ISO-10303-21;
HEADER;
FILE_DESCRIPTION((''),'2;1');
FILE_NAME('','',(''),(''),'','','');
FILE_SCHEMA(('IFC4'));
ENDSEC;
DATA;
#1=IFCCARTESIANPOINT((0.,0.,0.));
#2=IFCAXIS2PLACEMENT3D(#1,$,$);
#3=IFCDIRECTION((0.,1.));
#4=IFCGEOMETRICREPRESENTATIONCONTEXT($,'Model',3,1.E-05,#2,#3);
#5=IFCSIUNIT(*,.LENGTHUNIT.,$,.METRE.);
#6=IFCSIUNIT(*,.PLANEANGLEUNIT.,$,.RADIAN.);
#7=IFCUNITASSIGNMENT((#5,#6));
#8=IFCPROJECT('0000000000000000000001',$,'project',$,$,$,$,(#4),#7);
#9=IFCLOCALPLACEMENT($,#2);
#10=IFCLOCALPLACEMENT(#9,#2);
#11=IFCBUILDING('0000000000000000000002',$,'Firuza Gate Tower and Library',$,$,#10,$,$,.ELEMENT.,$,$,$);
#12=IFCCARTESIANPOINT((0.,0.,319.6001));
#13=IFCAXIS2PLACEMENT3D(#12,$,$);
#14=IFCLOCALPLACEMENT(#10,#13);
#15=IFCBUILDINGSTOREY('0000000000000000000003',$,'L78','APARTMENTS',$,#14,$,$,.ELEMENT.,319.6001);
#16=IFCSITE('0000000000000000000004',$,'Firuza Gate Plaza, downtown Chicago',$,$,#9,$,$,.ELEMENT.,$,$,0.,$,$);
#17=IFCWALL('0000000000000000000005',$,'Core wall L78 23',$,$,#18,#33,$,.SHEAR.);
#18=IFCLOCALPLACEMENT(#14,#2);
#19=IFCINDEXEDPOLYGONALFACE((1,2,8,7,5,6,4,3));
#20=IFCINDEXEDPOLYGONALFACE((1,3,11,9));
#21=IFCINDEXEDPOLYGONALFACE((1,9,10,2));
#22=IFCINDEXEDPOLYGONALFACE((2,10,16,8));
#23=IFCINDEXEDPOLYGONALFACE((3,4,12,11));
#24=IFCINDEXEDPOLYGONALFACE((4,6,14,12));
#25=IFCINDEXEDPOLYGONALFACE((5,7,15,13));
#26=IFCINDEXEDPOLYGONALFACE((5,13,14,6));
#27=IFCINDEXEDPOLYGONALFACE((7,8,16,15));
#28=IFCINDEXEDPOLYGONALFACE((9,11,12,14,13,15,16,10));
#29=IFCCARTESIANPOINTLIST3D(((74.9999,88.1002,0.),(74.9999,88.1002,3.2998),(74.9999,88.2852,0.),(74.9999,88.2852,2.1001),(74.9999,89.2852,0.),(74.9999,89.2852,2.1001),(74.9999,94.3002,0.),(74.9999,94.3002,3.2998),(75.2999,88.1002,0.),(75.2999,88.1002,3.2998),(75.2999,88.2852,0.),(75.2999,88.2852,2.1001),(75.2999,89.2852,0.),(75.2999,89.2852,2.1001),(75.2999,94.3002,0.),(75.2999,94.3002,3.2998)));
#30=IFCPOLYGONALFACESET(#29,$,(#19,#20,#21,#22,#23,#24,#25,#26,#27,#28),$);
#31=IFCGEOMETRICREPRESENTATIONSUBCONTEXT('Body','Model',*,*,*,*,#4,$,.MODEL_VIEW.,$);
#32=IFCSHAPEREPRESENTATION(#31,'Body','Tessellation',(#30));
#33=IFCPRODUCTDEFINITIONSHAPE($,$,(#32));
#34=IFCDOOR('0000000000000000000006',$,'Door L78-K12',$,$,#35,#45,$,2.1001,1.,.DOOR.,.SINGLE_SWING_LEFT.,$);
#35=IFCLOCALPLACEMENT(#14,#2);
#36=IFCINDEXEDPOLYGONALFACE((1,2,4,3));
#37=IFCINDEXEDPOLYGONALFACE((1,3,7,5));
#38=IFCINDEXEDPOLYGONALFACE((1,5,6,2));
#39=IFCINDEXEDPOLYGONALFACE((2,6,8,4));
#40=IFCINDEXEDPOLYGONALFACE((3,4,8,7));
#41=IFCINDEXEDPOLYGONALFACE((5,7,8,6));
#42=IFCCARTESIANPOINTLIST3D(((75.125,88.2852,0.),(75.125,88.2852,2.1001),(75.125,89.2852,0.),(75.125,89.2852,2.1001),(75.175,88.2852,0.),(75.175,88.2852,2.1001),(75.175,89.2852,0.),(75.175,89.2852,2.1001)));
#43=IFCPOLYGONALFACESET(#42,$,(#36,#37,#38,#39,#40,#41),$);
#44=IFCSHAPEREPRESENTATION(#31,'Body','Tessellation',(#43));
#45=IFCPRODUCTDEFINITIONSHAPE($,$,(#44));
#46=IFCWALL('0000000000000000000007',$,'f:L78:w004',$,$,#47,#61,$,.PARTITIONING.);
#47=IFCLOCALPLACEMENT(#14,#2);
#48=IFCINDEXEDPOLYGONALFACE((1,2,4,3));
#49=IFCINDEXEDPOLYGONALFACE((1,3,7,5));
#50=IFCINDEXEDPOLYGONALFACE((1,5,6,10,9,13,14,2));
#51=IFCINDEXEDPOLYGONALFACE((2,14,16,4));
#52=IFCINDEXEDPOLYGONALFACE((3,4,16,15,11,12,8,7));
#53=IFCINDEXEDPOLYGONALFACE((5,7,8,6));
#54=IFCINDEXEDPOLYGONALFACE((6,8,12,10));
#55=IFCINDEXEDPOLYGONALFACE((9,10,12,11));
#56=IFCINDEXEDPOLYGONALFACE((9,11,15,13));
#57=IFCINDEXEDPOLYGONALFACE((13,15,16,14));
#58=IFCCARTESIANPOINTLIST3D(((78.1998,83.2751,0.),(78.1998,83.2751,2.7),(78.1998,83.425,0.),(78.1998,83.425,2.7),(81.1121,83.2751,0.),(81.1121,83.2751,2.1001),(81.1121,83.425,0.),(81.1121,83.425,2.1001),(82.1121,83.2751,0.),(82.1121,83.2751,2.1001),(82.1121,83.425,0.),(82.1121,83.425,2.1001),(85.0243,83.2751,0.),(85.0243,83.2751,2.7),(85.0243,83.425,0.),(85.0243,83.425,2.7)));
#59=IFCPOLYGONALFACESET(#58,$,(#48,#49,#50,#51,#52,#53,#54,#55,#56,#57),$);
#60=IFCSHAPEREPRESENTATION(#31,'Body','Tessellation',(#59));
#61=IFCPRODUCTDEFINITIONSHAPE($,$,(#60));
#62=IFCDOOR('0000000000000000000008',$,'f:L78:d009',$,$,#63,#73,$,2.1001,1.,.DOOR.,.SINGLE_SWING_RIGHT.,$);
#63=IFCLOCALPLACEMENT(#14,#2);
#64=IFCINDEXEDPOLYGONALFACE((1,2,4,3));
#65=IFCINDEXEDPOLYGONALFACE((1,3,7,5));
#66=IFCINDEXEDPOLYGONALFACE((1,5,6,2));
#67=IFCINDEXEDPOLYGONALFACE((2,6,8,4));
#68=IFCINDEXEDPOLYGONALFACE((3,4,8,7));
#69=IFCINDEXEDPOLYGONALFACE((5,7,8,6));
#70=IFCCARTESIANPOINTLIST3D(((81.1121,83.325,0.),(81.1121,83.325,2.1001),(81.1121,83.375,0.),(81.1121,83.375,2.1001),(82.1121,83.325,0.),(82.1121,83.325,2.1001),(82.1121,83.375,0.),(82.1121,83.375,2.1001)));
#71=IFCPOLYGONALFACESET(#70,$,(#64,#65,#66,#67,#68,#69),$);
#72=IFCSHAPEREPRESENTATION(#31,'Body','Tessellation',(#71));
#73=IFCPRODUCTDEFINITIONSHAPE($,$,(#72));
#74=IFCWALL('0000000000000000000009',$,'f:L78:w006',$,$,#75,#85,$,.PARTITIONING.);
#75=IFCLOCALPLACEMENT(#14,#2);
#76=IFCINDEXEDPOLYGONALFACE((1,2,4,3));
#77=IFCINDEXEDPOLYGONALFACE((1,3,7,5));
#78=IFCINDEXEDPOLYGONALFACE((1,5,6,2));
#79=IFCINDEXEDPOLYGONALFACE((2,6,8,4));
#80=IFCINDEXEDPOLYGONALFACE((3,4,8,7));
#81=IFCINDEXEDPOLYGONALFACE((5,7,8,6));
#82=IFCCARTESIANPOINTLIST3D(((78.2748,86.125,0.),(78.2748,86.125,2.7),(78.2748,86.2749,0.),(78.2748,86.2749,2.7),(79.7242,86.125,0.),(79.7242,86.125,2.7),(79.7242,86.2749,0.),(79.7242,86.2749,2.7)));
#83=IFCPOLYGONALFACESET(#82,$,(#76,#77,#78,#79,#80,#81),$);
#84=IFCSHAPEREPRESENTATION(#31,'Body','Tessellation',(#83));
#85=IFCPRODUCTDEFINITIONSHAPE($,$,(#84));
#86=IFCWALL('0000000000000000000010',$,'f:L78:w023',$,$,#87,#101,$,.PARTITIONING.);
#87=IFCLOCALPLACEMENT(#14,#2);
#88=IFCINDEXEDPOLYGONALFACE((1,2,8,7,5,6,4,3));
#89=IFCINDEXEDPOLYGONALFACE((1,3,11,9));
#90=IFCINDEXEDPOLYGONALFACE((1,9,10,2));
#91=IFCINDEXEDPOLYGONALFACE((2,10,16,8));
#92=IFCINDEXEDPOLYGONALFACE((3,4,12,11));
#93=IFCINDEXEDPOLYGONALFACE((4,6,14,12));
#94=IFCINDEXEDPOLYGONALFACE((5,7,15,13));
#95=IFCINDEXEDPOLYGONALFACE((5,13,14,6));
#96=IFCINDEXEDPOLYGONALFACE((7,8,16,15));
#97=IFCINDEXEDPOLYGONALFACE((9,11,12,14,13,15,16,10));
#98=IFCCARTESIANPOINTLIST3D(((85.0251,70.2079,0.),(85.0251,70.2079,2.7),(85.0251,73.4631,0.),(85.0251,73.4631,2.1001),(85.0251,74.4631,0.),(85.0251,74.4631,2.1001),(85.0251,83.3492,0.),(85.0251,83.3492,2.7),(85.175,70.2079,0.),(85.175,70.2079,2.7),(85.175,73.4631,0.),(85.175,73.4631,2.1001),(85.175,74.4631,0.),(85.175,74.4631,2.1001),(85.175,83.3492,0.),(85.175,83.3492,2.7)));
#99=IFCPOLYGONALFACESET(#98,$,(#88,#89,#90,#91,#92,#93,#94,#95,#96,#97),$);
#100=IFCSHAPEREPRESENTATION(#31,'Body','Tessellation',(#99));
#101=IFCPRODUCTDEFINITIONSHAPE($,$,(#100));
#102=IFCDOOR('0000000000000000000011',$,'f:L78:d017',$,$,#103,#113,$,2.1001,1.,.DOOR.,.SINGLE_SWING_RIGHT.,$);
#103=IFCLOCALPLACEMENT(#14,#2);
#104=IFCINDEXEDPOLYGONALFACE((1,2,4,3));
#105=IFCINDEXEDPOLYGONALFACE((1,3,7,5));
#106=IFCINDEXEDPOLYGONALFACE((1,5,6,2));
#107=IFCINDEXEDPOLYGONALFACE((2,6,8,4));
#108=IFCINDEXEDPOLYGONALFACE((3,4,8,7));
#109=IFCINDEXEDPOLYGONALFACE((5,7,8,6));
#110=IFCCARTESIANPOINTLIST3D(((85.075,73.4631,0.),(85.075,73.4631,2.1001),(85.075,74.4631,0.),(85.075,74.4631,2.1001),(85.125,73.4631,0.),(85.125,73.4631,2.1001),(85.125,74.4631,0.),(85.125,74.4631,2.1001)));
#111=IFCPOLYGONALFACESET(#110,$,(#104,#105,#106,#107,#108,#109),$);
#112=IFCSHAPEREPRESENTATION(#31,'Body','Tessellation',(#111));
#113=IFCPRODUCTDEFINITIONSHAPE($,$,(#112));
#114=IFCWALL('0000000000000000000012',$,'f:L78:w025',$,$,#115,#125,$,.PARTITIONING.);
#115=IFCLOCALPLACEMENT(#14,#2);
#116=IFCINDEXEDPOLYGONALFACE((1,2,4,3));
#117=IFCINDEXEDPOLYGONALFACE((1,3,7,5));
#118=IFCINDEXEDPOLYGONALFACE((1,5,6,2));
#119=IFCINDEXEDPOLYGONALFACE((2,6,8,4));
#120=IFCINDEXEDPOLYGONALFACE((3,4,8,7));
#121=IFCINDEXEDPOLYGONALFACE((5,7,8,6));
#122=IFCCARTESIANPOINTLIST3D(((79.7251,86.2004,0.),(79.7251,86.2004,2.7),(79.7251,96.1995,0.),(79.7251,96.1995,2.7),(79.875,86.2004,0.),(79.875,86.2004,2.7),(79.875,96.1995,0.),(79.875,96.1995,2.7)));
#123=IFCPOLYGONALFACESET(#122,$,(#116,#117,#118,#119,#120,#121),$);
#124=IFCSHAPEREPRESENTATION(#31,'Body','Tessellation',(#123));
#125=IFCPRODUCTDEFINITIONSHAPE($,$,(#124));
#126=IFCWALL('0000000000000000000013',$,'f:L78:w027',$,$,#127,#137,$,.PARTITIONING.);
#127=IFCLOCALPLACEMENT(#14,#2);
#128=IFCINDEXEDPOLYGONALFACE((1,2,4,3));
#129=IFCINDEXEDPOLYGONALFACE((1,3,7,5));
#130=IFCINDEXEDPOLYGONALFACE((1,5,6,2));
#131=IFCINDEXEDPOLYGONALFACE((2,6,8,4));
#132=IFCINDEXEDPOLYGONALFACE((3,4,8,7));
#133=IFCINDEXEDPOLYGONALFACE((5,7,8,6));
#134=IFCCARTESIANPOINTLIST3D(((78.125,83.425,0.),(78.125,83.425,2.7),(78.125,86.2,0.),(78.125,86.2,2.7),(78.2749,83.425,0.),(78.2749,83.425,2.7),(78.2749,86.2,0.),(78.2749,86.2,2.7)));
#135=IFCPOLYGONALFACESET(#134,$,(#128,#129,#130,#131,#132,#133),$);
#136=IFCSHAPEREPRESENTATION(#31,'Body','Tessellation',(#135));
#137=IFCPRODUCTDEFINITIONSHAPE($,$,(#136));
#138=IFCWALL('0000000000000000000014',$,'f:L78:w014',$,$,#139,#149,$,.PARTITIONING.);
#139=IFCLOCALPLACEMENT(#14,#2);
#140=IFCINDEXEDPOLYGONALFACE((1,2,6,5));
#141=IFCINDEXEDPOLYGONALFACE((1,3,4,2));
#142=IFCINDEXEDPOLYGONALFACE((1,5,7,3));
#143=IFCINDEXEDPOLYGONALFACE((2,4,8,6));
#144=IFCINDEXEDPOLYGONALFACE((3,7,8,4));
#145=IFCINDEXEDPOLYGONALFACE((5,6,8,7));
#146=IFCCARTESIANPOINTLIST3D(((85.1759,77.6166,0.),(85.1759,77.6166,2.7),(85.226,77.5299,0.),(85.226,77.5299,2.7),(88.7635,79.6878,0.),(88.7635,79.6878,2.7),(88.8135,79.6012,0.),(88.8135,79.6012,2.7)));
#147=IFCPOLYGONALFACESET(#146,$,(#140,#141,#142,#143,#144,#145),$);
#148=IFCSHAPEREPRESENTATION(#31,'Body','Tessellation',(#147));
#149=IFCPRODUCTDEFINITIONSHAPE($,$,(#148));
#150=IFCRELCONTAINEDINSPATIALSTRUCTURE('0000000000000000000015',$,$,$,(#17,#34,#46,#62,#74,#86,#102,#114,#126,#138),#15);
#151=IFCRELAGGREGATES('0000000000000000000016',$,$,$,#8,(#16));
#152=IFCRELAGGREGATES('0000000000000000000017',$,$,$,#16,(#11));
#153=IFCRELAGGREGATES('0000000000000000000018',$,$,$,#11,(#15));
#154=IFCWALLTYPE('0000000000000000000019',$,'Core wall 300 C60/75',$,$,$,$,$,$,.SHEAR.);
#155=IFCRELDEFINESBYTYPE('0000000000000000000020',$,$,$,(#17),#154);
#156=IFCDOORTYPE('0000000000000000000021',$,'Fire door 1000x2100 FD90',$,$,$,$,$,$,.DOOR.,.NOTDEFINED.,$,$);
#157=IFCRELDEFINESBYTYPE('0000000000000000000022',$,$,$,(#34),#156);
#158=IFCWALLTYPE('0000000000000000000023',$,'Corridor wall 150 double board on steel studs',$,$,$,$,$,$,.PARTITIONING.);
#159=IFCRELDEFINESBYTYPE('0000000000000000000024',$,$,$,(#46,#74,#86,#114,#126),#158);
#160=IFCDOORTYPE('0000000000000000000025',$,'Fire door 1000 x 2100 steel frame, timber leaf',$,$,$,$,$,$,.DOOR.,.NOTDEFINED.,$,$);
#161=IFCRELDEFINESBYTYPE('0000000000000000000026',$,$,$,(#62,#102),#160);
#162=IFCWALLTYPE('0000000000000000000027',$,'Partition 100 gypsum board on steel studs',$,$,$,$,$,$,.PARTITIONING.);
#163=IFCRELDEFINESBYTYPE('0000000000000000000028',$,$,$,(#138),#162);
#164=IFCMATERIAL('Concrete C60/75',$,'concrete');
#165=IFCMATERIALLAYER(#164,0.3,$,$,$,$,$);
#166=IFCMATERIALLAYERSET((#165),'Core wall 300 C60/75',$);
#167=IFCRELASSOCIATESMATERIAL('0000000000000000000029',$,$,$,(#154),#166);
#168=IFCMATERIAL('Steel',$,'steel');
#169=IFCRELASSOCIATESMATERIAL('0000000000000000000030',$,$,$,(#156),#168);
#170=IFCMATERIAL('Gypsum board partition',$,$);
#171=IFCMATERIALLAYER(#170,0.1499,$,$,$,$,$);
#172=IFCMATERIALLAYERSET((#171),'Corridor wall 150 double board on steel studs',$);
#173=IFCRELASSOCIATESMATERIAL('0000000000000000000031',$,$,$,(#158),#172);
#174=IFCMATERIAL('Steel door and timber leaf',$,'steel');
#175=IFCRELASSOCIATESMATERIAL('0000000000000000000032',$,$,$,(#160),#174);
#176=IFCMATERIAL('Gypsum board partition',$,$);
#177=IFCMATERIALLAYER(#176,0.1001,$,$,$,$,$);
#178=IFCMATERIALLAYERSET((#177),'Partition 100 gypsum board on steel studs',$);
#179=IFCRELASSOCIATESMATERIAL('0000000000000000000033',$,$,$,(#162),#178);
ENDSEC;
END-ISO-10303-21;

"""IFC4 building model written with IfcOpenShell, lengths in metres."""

from ifc_helpers import new_model, si_unit, direction, frame, frame_2d, origin, place, context, subcontext, project, spatial, rectangle, extrude, material, layer, layer_set, type_object, element, fill, save


model = new_model("IFC4")

# Units and contexts
model_context = context("Model", 3, precision=1e-05, world=origin(), true_north=direction((0.0, 1.0)))
body_context = subcontext(model_context, "Body", "Model", "MODEL_VIEW")
ifc_project = project(units=[si_unit("LENGTHUNIT", "METRE"), si_unit("PLANEANGLEUNIT", "RADIAN")], contexts=[model_context])

# Site, building, storey
site_placement = place(None, origin())
site = spatial("IfcSite", under=ifc_project, at=site_placement, Name="Firuza Gate Plaza, downtown Chicago", CompositionType="ELEMENT", RefElevation=0.0)
building_placement = place(site_placement, origin())
building = spatial("IfcBuilding", under=site, at=building_placement, Name="Firuza Gate Tower and Library", CompositionType="ELEMENT")
storey_placement = place(building_placement, frame((0.0, 0.0, 319.6001)))
storey = spatial("IfcBuildingStorey", under=building, at=storey_placement, Name="L78", Description="APARTMENTS", CompositionType="ELEMENT", Elevation=319.6001)

# Shared definitions
ifc_material_1 = material(Name="Concrete C60/75", Category="concrete")
ifc_layer_1 = layer(ifc_material_1, 0.3)
ifc_layer_set_1 = layer_set([ifc_layer_1], Name="Core wall 300 C60/75")
wall_type_1 = type_object("IfcWallType", Name="Core wall 300 C60/75", PredefinedType="SHEAR", material=ifc_layer_set_1)

# Walls, openings, doors
wall_1_placement = place(storey_placement, frame((75.1499, 88.1001, 0.0), z_axis=(0.0, 0.0, 1.0), x_axis=(0.0, 1.0, 0.0)))
wall_1 = element("IfcWall", 1, at=wall_1_placement, inside=storey, type_object=wall_type_1, Name="Core wall L78 23", PredefinedType="SHEAR", context=body_context, shape_type="SweptSolid", body=[
    extrude(rectangle(XDim=6.2, YDim=0.3, at=frame_2d((3.1001, 0.0))), origin(), (0.0, 0.0, 1.0), 3.2998),
])
opening_1_placement = place(wall_1_placement, frame((0.1851, 0.0, 0.0)))
opening_1 = element("IfcOpeningElement", 2, at=opening_1_placement, cuts=wall_1, PredefinedType="OPENING", context=body_context, shape_type="SweptSolid", body=[
    extrude(rectangle(XDim=1.0, YDim=2.1001, at=frame_2d((0.5, 1.05))), frame((0.0, 0.1602, 0.0), z_axis=(0.0, -1.0, 0.0), x_axis=(1.0, 0.0, 0.0)), (0.0, 0.0, 1.0), 0.3201),
])
ifc_material_2 = material(Name="Steel", Category="steel")
door_type_1 = type_object("IfcDoorType", Name="Fire door 1000x2100 FD90", OperationType="NOTDEFINED", PredefinedType="DOOR", material=ifc_material_2)
door_1_placement = place(opening_1_placement, origin())
door_1 = element("IfcDoor", 3, at=door_1_placement, inside=storey, type_object=door_type_1, Name="Door L78-K12", OperationType="SINGLE_SWING_LEFT", OverallHeight=2.1001, OverallWidth=1.0, PredefinedType="DOOR", context=body_context, shape_type="SweptSolid", body=[
    extrude(rectangle(XDim=1.0, YDim=2.1001, at=frame_2d((0.5, 1.05))), frame((0.0, 0.0249, 0.0), z_axis=(0.0, -1.0, 0.0), x_axis=(1.0, 0.0, 0.0)), (0.0, 0.0, 1.0), 0.05),
])
fill(opening_1, door_1)
ifc_material_3 = material(Name="Gypsum board partition")
ifc_layer_2 = layer(ifc_material_3, 0.1499)
ifc_layer_set_2 = layer_set([ifc_layer_2], Name="Corridor wall 150 double board on steel studs")
wall_type_2 = type_object("IfcWallType", Name="Corridor wall 150 double board on steel studs", PredefinedType="PARTITIONING", material=ifc_layer_set_2)
wall_2_placement = place(storey_placement, frame((78.2, 83.3501, 0.0), z_axis=(0.0, 0.0, 1.0), x_axis=(1.0, 0.0, 0.0)))
wall_2 = element("IfcWall", 4, at=wall_2_placement, inside=storey, type_object=wall_type_2, Name="f:L78:w004", PredefinedType="PARTITIONING", context=body_context, shape_type="SweptSolid", body=[
    extrude(rectangle(XDim=6.8245, YDim=0.1499, at=frame_2d((3.4121, 0.0))), origin(), (0.0, 0.0, 1.0), 2.7),
])
opening_2_placement = place(wall_2_placement, frame((2.9121, 0.0, 0.0)))
opening_2 = element("IfcOpeningElement", 5, at=opening_2_placement, cuts=wall_2, PredefinedType="OPENING", context=body_context, shape_type="SweptSolid", body=[
    extrude(rectangle(XDim=1.0, YDim=2.1001, at=frame_2d((0.5, 1.05))), frame((0.0, 0.085, 0.0), z_axis=(0.0, -1.0, 0.0), x_axis=(1.0, 0.0, 0.0)), (0.0, 0.0, 1.0), 0.1699),
])
ifc_material_4 = material(Name="Steel door and timber leaf", Category="steel")
door_type_2 = type_object("IfcDoorType", Name="Fire door 1000 x 2100 steel frame, timber leaf", OperationType="NOTDEFINED", PredefinedType="DOOR", material=ifc_material_4)
door_2_placement = place(opening_2_placement, origin())
door_2 = element("IfcDoor", 6, at=door_2_placement, inside=storey, type_object=door_type_2, Name="f:L78:d009", OperationType="SINGLE_SWING_RIGHT", OverallHeight=2.1001, OverallWidth=1.0, PredefinedType="DOOR", context=body_context, shape_type="SweptSolid", body=[
    extrude(rectangle(XDim=1.0, YDim=2.1001, at=frame_2d((0.5, 1.05))), frame((0.0, 0.0249, 0.0), z_axis=(0.0, -1.0, 0.0), x_axis=(1.0, 0.0, 0.0)), (0.0, 0.0, 1.0), 0.05),
])
fill(opening_2, door_2)

# Wall
wall_3_placement = place(storey_placement, frame((78.2749, 86.2, 0.0), z_axis=(0.0, 0.0, 1.0), x_axis=(1.0, 0.0, 0.0)))
element("IfcWall", 7, at=wall_3_placement, inside=storey, type_object=wall_type_2, Name="f:L78:w006", PredefinedType="PARTITIONING", context=body_context, shape_type="SweptSolid", body=[
    extrude(rectangle(XDim=1.4495, YDim=0.1499, at=frame_2d((0.7246, 0.0))), origin(), (0.0, 0.0, 1.0), 2.7),
])

# Wall, opening, door
wall_4_placement = place(storey_placement, frame((85.1001, 83.3494, 0.0), z_axis=(0.0, 0.0, 1.0), x_axis=(0.0, -1.0, 0.0)))
wall_4 = element("IfcWall", 8, at=wall_4_placement, inside=storey, type_object=wall_type_2, Name="f:L78:w023", PredefinedType="PARTITIONING", context=body_context, shape_type="SweptSolid", body=[
    extrude(rectangle(XDim=13.1414, YDim=0.1499, at=frame_2d((6.5708, 0.0))), origin(), (0.0, 0.0, 1.0), 2.7),
])
opening_3_placement = place(wall_4_placement, frame((8.8862, 0.0, 0.0)))
opening_3 = element("IfcOpeningElement", 9, at=opening_3_placement, cuts=wall_4, PredefinedType="OPENING", context=body_context, shape_type="SweptSolid", body=[
    extrude(rectangle(XDim=1.0, YDim=2.1001, at=frame_2d((0.5, 1.05))), frame((0.0, 0.085, 0.0), z_axis=(0.0, -1.0, 0.0), x_axis=(1.0, 0.0, 0.0)), (0.0, 0.0, 1.0), 0.1699),
])
door_3_placement = place(opening_3_placement, origin())
door_3 = element("IfcDoor", 10, at=door_3_placement, inside=storey, type_object=door_type_2, Name="f:L78:d017", OperationType="SINGLE_SWING_RIGHT", OverallHeight=2.1001, OverallWidth=1.0, PredefinedType="DOOR", context=body_context, shape_type="SweptSolid", body=[
    extrude(rectangle(XDim=1.0, YDim=2.1001, at=frame_2d((0.5, 1.05))), frame((0.0, 0.0249, 0.0), z_axis=(0.0, -1.0, 0.0), x_axis=(1.0, 0.0, 0.0)), (0.0, 0.0, 1.0), 0.05),
])
fill(opening_3, door_3)

# Walls
wall_5_placement = place(storey_placement, frame((79.8, 86.2004, 0.0), z_axis=(0.0, 0.0, 1.0), x_axis=(0.0, 1.0, 0.0)))
element("IfcWall", 11, at=wall_5_placement, inside=storey, type_object=wall_type_2, Name="f:L78:w025", PredefinedType="PARTITIONING", context=body_context, shape_type="SweptSolid", body=[
    extrude(rectangle(XDim=9.999, YDim=0.1499, at=frame_2d((4.9995, 0.0))), origin(), (0.0, 0.0, 1.0), 2.7),
])
wall_6_placement = place(storey_placement, frame((78.2, 83.425, 0.0), z_axis=(0.0, 0.0, 1.0), x_axis=(0.0, 1.0, 0.0)))
element("IfcWall", 12, at=wall_6_placement, inside=storey, type_object=wall_type_2, Name="f:L78:w027", PredefinedType="PARTITIONING", context=body_context, shape_type="SweptSolid", body=[
    extrude(rectangle(XDim=2.7749, YDim=0.1499, at=frame_2d((1.3875, 0.0))), origin(), (0.0, 0.0, 1.0), 2.7),
])
ifc_material_5 = material(Name="Gypsum board partition")
ifc_layer_3 = layer(ifc_material_5, 0.1001)
ifc_layer_set_3 = layer_set([ifc_layer_3], Name="Partition 100 gypsum board on steel studs")
wall_type_3 = type_object("IfcWallType", Name="Partition 100 gypsum board on steel studs", PredefinedType="PARTITIONING", material=ifc_layer_set_3)
wall_7_placement = place(storey_placement, frame((85.2009, 77.5732, 0.0), z_axis=(0.0, 0.0, 1.0), x_axis=(0.86603, 0.499993, 0.0)))
element("IfcWall", 13, at=wall_7_placement, inside=storey, type_object=wall_type_3, Name="f:L78:w014", PredefinedType="PARTITIONING", context=body_context, shape_type="SweptSolid", body=[
    extrude(rectangle(XDim=4.1426, YDim=0.1001, at=frame_2d((2.0713, 0.0))), origin(), (0.0, 0.0, 1.0), 2.7),
])

save(model, "model.ifc")
